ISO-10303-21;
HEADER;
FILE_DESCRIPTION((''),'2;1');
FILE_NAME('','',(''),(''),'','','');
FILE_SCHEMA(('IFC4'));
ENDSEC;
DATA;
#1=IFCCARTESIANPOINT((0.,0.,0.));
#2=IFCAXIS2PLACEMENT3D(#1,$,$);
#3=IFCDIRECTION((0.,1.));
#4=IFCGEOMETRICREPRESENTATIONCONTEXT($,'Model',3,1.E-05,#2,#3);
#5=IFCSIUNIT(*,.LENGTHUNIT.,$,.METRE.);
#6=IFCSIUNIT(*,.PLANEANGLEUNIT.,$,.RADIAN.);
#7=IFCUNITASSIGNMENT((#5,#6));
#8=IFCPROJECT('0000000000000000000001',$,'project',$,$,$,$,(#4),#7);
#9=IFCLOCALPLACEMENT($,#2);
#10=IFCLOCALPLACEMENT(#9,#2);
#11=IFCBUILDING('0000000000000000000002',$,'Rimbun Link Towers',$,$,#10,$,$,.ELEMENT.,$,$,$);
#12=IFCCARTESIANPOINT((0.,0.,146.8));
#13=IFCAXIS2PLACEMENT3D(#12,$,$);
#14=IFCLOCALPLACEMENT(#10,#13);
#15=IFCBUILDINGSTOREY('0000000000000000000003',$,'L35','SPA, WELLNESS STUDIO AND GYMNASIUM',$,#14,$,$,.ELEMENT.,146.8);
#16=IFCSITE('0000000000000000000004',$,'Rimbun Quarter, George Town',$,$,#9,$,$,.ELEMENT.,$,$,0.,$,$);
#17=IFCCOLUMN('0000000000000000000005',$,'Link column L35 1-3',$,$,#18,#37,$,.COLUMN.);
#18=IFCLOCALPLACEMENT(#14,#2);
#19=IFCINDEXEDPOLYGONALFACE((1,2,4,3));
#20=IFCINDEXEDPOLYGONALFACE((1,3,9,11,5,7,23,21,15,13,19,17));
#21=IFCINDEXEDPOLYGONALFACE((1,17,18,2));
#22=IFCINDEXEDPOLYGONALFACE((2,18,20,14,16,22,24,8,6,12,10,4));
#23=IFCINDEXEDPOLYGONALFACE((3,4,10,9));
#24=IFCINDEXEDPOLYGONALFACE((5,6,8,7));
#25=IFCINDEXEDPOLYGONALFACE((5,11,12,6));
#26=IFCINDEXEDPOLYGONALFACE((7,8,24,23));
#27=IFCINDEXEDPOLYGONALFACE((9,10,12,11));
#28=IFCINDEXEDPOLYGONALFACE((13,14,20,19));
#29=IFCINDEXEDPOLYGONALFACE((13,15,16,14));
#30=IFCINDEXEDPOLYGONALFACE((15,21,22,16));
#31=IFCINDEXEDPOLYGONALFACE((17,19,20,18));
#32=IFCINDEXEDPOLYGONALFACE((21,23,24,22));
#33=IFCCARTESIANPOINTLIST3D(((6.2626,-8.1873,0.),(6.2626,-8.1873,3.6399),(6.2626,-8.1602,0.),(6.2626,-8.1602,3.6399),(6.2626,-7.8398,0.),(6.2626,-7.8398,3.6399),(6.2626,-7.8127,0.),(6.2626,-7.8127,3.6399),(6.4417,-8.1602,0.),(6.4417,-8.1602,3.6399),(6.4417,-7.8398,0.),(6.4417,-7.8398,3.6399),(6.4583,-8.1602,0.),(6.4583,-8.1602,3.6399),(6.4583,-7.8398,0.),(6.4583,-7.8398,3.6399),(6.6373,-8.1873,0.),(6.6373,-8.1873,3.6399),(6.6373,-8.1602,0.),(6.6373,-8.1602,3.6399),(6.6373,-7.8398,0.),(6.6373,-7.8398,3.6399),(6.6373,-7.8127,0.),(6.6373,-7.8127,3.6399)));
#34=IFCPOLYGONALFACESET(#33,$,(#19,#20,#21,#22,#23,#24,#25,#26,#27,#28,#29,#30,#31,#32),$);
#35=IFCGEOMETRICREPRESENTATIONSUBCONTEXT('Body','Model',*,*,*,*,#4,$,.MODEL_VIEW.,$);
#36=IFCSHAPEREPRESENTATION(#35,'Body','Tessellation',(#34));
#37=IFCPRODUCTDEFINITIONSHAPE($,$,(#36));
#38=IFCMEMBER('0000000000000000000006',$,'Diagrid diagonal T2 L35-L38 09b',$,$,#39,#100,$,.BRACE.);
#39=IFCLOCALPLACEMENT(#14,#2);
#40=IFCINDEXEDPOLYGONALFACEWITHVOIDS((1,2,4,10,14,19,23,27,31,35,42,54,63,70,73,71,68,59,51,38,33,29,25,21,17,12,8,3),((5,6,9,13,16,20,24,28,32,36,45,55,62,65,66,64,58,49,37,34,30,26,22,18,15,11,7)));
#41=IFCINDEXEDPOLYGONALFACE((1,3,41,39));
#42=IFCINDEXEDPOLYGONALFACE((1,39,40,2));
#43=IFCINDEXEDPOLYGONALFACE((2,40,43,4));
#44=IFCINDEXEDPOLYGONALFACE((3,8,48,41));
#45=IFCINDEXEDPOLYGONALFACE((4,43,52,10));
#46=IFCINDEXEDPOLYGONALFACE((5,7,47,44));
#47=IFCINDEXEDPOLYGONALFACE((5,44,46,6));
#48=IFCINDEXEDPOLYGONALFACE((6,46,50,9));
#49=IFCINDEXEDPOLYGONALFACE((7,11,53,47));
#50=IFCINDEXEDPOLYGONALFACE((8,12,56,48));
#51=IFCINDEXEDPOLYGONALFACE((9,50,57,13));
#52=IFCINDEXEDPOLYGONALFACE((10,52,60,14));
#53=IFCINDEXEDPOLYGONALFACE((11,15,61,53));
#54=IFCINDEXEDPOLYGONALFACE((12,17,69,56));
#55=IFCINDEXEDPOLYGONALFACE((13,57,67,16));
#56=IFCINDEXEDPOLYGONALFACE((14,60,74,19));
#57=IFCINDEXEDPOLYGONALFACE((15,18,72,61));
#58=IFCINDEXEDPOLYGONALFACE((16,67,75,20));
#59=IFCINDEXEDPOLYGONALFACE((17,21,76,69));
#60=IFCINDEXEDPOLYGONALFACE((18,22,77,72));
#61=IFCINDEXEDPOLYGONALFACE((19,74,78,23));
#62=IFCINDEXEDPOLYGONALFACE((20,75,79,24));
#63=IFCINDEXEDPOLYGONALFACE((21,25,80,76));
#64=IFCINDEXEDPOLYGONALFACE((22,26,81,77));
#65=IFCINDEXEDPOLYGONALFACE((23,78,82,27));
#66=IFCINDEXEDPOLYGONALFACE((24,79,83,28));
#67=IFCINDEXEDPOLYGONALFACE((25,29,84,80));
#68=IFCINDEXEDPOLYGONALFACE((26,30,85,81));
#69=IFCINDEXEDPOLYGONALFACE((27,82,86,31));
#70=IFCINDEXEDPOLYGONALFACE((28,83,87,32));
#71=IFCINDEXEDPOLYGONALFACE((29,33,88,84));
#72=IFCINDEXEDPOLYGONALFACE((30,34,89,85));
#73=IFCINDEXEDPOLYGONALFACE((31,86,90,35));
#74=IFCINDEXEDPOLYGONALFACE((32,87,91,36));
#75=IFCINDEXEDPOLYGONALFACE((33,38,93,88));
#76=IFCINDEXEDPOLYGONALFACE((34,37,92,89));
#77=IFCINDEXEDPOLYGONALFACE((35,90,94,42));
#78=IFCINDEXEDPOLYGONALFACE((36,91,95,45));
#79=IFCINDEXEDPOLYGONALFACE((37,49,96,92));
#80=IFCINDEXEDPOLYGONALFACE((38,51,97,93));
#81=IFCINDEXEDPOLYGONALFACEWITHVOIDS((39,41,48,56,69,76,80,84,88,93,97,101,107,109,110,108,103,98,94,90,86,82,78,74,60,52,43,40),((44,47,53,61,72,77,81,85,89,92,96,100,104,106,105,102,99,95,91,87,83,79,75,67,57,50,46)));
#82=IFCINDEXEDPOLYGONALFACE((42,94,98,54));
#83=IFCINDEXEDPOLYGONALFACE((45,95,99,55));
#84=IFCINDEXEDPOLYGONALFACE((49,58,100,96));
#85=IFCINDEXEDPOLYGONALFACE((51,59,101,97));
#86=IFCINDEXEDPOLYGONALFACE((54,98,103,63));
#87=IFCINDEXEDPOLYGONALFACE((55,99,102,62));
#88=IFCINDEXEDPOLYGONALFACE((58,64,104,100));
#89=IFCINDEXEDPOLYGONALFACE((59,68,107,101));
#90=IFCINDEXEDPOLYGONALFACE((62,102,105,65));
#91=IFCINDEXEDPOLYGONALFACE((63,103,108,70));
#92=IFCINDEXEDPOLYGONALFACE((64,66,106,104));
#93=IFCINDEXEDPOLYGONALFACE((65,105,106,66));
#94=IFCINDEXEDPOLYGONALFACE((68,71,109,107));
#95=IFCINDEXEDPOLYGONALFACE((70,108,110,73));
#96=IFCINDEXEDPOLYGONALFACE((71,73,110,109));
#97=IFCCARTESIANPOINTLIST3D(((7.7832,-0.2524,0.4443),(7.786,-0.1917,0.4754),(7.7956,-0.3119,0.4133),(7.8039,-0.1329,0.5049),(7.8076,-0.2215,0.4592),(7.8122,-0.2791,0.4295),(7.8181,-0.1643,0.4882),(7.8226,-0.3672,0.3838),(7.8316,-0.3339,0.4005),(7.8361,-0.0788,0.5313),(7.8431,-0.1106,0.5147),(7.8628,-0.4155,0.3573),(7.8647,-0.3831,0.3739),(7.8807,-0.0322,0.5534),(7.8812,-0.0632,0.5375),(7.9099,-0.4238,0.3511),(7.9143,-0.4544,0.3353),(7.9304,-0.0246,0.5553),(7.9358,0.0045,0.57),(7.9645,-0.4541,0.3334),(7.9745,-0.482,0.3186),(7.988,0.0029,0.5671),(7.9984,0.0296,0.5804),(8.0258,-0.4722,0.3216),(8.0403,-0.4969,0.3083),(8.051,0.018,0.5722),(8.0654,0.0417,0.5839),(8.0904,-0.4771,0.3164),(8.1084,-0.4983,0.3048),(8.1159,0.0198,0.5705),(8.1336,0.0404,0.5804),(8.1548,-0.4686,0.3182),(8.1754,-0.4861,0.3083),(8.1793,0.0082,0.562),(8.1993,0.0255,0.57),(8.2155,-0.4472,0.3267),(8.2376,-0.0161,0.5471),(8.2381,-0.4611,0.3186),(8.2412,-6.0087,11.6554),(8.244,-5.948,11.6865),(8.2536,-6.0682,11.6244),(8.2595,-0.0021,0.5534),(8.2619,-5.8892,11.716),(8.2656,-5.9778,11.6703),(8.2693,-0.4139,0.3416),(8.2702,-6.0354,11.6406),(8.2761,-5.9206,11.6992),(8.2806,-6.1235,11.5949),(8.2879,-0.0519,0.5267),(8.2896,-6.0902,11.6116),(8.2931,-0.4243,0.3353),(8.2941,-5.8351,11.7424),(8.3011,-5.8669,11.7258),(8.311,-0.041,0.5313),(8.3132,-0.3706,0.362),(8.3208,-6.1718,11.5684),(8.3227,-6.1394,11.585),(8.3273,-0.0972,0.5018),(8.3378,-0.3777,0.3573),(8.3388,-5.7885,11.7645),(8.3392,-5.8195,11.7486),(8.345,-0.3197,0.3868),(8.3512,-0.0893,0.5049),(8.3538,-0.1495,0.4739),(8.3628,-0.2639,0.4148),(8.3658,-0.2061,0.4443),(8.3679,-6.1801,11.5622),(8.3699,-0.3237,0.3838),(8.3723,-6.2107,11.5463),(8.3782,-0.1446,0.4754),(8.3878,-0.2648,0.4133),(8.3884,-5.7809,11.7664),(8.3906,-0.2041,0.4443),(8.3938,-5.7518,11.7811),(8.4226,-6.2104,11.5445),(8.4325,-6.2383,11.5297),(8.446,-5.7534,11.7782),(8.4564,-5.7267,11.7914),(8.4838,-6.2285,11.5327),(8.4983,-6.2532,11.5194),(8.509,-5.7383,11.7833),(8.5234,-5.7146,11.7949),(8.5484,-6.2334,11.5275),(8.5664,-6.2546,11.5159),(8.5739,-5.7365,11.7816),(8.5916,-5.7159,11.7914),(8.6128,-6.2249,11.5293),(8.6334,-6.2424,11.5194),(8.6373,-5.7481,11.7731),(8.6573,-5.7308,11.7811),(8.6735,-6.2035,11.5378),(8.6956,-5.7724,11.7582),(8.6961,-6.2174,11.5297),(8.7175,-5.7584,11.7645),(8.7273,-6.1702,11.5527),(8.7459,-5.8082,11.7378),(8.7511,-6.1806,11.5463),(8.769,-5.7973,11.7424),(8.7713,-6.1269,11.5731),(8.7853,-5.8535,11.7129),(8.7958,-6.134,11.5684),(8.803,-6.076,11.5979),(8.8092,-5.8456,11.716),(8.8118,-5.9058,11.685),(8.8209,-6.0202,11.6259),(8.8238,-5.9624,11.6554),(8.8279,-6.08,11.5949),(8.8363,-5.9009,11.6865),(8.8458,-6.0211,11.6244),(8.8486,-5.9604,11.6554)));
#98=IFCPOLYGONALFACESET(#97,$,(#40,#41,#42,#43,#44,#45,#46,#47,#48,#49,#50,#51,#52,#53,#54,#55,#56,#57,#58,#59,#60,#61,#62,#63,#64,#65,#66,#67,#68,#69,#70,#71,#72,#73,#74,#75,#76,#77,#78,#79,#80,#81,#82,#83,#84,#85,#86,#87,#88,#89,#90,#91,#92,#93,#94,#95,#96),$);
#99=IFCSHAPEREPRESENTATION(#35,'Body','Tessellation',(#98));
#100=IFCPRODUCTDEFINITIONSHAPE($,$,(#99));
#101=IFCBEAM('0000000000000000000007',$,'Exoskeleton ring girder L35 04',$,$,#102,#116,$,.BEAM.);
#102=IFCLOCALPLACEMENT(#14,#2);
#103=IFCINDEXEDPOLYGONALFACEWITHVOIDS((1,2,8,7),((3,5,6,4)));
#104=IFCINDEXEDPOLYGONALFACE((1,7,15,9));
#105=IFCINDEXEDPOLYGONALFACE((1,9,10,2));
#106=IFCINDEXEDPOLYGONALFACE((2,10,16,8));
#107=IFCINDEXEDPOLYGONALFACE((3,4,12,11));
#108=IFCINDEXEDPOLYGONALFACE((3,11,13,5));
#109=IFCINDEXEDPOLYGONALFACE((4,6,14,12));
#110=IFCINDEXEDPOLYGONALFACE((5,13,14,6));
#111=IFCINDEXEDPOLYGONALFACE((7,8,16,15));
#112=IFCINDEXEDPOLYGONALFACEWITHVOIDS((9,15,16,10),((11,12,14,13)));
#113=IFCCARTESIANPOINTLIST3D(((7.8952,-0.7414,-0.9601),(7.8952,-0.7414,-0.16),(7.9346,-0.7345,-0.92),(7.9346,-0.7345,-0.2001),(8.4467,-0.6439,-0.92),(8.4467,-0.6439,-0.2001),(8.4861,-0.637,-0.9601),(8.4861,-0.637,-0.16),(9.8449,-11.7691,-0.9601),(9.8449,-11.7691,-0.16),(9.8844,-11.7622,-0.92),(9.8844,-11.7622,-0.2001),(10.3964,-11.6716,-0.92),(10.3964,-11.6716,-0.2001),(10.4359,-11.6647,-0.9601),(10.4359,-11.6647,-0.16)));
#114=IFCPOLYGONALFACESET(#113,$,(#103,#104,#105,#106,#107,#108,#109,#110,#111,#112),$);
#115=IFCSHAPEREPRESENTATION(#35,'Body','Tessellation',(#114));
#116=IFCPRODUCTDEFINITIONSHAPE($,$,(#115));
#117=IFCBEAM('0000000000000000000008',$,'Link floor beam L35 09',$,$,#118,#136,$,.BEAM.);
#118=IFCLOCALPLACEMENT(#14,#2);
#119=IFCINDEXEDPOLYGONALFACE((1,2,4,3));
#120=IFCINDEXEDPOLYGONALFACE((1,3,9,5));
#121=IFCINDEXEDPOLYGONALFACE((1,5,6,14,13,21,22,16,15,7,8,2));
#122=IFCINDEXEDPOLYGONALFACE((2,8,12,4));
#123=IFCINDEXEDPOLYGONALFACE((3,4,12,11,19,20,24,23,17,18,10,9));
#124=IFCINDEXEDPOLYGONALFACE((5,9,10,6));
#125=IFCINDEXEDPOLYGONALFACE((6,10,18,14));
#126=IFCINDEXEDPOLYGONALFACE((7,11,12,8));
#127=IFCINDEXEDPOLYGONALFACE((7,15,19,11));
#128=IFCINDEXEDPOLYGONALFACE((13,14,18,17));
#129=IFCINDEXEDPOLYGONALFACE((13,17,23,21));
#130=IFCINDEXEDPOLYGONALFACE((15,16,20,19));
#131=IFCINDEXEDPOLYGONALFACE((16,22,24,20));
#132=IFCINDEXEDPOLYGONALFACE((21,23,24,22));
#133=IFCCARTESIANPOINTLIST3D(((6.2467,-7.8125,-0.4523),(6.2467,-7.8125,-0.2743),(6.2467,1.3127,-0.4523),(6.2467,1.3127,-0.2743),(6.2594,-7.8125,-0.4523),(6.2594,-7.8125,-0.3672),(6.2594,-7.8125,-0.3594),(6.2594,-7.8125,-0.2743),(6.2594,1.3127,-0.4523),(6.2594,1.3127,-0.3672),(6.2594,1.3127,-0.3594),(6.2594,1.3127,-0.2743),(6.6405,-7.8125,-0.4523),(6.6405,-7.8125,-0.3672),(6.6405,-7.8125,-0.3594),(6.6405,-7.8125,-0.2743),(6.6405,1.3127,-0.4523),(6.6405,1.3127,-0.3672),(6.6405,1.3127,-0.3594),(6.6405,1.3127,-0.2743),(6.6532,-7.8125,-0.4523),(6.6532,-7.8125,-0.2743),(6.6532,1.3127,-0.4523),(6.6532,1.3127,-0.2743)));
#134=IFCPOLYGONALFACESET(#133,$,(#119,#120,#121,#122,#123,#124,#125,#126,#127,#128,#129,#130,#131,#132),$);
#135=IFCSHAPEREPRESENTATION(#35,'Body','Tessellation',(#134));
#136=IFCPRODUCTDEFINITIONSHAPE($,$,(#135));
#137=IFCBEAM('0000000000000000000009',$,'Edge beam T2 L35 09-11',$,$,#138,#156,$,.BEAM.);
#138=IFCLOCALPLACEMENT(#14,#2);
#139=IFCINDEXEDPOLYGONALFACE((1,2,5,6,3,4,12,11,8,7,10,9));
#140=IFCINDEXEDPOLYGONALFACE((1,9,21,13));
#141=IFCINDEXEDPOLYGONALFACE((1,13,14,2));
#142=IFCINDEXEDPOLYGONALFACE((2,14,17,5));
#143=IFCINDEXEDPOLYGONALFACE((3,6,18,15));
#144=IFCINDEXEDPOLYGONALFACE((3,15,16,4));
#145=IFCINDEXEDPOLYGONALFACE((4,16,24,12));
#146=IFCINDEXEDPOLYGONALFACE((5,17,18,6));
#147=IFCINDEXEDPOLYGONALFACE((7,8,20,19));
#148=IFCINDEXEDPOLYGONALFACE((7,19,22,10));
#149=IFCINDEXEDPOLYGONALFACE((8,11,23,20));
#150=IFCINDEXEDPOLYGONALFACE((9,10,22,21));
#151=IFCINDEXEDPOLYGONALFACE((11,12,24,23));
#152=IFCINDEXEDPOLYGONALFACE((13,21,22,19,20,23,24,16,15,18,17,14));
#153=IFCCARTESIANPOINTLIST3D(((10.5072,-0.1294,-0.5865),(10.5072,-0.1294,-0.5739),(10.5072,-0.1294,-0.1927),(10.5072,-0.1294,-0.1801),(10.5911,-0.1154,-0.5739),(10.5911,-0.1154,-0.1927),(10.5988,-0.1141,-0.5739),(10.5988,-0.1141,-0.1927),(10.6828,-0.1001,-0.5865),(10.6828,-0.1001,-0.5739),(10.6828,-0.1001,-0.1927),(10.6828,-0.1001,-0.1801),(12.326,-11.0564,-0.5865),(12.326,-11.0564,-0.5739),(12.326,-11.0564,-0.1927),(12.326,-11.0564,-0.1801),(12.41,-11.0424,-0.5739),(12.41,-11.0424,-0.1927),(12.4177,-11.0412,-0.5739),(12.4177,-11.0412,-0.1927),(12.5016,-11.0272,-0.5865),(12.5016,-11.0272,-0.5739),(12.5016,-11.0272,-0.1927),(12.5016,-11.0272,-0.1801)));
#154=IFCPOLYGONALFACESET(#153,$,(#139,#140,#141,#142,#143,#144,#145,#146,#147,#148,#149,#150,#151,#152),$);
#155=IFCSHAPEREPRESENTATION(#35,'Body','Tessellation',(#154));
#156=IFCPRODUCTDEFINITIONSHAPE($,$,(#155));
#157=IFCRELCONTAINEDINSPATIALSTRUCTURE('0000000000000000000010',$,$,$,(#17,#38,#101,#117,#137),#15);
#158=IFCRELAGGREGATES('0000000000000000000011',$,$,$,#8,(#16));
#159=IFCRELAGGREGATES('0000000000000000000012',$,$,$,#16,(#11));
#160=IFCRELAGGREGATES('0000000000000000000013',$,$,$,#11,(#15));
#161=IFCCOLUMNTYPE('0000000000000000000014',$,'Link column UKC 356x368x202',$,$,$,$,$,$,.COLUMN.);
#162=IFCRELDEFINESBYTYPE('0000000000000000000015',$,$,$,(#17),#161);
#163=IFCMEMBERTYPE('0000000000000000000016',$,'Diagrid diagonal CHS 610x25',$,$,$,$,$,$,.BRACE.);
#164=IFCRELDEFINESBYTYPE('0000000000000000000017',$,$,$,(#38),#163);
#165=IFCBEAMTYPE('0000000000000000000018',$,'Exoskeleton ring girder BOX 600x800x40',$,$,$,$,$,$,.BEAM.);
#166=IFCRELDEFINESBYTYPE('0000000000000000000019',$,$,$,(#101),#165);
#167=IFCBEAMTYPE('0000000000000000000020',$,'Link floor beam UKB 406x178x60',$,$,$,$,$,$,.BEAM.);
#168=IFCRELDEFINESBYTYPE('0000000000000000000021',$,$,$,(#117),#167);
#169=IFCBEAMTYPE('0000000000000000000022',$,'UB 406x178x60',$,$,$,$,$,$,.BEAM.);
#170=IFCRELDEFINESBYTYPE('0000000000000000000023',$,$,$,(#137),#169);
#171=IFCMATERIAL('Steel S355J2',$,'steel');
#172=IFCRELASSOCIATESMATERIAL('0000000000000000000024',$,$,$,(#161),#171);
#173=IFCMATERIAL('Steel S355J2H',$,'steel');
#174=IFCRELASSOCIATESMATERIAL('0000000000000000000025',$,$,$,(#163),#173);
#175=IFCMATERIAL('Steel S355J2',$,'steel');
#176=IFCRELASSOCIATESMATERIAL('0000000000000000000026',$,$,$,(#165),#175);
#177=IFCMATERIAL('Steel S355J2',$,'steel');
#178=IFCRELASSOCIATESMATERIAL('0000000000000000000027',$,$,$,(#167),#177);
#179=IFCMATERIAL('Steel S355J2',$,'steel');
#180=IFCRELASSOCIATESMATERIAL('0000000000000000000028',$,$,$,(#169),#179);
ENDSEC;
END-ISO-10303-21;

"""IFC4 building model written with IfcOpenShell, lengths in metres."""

from ifc_helpers import new_model, si_unit, direction, frame, origin, origin_2d, place, context, subcontext, project, spatial, hollow_rectangle, hollow_circle, i_section, extrude, material, material_profile, profile_set, type_object, element, save


model = new_model("IFC4")

# Units and contexts
model_context = context("Model", 3, precision=1e-05, world=origin(), true_north=direction((0.0, 1.0)))
body_context = subcontext(model_context, "Body", "Model", "MODEL_VIEW")
ifc_project = project(units=[si_unit("LENGTHUNIT", "METRE"), si_unit("PLANEANGLEUNIT", "RADIAN")], contexts=[model_context])

# Site, building, storey
site_placement = place(None, origin())
site = spatial("IfcSite", under=ifc_project, at=site_placement, Name="Rimbun Quarter, George Town", CompositionType="ELEMENT", RefElevation=0.0)
building_placement = place(site_placement, origin())
building = spatial("IfcBuilding", under=site, at=building_placement, Name="Rimbun Link Towers", CompositionType="ELEMENT")
storey_placement = place(building_placement, frame((0.0, 0.0, 146.8)))
storey = spatial("IfcBuildingStorey", under=building, at=storey_placement, Name="L35", Description="SPA, WELLNESS STUDIO AND GYMNASIUM", CompositionType="ELEMENT", Elevation=146.8)

# Column
ifc_material_1 = material(Name="Steel S355J2", Category="steel")
ifc_material_profile_1 = material_profile(ifc_material_1, i_section(OverallWidth=0.3748, OverallDepth=0.3745, WebThickness=0.0166, FlangeThickness=0.0271, at=origin_2d()), Name="UKC 356x368x202")
ifc_profile_set_1 = profile_set([ifc_material_profile_1], Name="Steel S355J2")
column_type = type_object("IfcColumnType", Name="Link column UKC 356x368x202", PredefinedType="COLUMN", material=ifc_profile_set_1)
column_placement = place(storey_placement, frame((6.45, -8.0, 0.0), z_axis=(0.0, 0.0, 1.0), x_axis=(1.0, 0.0, 0.0)))
element("IfcColumn", 1, at=column_placement, inside=storey, type_object=column_type, Name="Link column L35 1-3", PredefinedType="COLUMN", context=body_context, shape_type="SweptSolid", body=[
    extrude(i_section(OverallWidth=0.3748, OverallDepth=0.3745, WebThickness=0.0166, FlangeThickness=0.0271, at=origin_2d()), origin(), (0.0, 0.0, 1.0), 3.6399),
])

# Member
ifc_material_2 = material(Name="Steel S355J2H", Category="steel")
ifc_material_profile_2 = material_profile(ifc_material_2, hollow_circle(Radius=0.3047, WallThickness=0.0249, at=origin_2d()), Name="Diagrid diagonal CHS 610x25")
ifc_profile_set_2 = profile_set([ifc_material_profile_2], Name="Steel S355J2H")
member_type = type_object("IfcMemberType", Name="Diagrid diagonal CHS 610x25", PredefinedType="BRACE", material=ifc_profile_set_2)
member_placement = place(storey_placement, frame((8.0869, -0.2283, 0.4443), z_axis=(0.036318, -0.456457, 0.889004), x_axis=(0.99685, 0.079315, 0.0)))
element("IfcMember", 2, at=member_placement, inside=storey, type_object=member_type, Name="Diagrid diagonal T2 L35-L38 09b", PredefinedType="BRACE", context=body_context, shape_type="SweptSolid", body=[
    extrude(hollow_circle(Radius=0.3047, WallThickness=0.0249, at=origin_2d()), origin(), (0.0, 0.0, 1.0), 12.6108),
])

# Beams
ifc_material_3 = material(Name="Steel S355J2", Category="steel")
ifc_material_profile_3 = material_profile(ifc_material_3, hollow_rectangle(XDim=0.6001, YDim=0.8, WallThickness=0.04, at=origin_2d()), Name="Exoskeleton ring girder BOX 600x800x40")
ifc_profile_set_3 = profile_set([ifc_material_profile_3], Name="Steel S355J2")
beam_type_1 = type_object("IfcBeamType", Name="Exoskeleton ring girder BOX 600x800x40", PredefinedType="BEAM", material=ifc_profile_set_3)
beam_1_placement = place(storey_placement, frame((8.1907, -0.6892, -0.5601), z_axis=(0.174102, -0.984728, 0.0), x_axis=(0.984728, 0.174102, 0.0)))
element("IfcBeam", 3, at=beam_1_placement, inside=storey, type_object=beam_type_1, Name="Exoskeleton ring girder L35 04", PredefinedType="BEAM", context=body_context, shape_type="SweptSolid", body=[
    extrude(hollow_rectangle(XDim=0.6001, YDim=0.8, WallThickness=0.04, at=origin_2d()), origin(), (0.0, 0.0, 1.0), 11.1987),
])
ifc_material_4 = material(Name="Steel S355J2", Category="steel")
ifc_material_profile_4 = material_profile(ifc_material_4, i_section(OverallWidth=0.178, OverallDepth=0.4065, WebThickness=0.0078, FlangeThickness=0.0127, at=origin_2d()), Name="UKB 406x178x60")
ifc_profile_set_4 = profile_set([ifc_material_profile_4], Name="Steel S355J2")
beam_type_2 = type_object("IfcBeamType", Name="Link floor beam UKB 406x178x60", PredefinedType="BEAM", material=ifc_profile_set_4)
beam_2_placement = place(storey_placement, frame((6.45, -7.8125, -0.3633), z_axis=(0.0, 1.0, 0.0), x_axis=(0.0, 0.0, 1.0)))
element("IfcBeam", 4, at=beam_2_placement, inside=storey, type_object=beam_type_2, Name="Link floor beam L35 09", PredefinedType="BEAM", context=body_context, shape_type="SweptSolid", body=[
    extrude(i_section(OverallWidth=0.178, OverallDepth=0.4065, WebThickness=0.0078, FlangeThickness=0.0127, at=origin_2d()), origin(), (0.0, 0.0, 1.0), 9.1252),
])
ifc_material_5 = material(Name="Steel S355J2", Category="steel")
ifc_material_profile_5 = material_profile(ifc_material_5, i_section(OverallWidth=0.178, OverallDepth=0.4065, WebThickness=0.0078, FlangeThickness=0.0127, at=origin_2d()), Name="UB 406x178x60")
ifc_profile_set_5 = profile_set([ifc_material_profile_5], Name="Steel S355J2")
beam_type_3 = type_object("IfcBeamType", Name="UB 406x178x60", PredefinedType="BEAM", material=ifc_profile_set_5)
beam_3_placement = place(storey_placement, frame((10.595, -0.1147, -0.3833), z_axis=(0.164195, -0.986428, 0.0), x_axis=(0.986428, 0.164195, 0.0)))
element("IfcBeam", 5, at=beam_3_placement, inside=storey, type_object=beam_type_3, Name="Edge beam T2 L35 09-11", PredefinedType="BEAM", context=body_context, shape_type="SweptSolid", body=[
    extrude(i_section(OverallWidth=0.178, OverallDepth=0.4065, WebThickness=0.0078, FlangeThickness=0.0127, at=origin_2d()), origin(), (0.0, 0.0, 1.0), 11.0774),
])

save(model, "model.ifc")
